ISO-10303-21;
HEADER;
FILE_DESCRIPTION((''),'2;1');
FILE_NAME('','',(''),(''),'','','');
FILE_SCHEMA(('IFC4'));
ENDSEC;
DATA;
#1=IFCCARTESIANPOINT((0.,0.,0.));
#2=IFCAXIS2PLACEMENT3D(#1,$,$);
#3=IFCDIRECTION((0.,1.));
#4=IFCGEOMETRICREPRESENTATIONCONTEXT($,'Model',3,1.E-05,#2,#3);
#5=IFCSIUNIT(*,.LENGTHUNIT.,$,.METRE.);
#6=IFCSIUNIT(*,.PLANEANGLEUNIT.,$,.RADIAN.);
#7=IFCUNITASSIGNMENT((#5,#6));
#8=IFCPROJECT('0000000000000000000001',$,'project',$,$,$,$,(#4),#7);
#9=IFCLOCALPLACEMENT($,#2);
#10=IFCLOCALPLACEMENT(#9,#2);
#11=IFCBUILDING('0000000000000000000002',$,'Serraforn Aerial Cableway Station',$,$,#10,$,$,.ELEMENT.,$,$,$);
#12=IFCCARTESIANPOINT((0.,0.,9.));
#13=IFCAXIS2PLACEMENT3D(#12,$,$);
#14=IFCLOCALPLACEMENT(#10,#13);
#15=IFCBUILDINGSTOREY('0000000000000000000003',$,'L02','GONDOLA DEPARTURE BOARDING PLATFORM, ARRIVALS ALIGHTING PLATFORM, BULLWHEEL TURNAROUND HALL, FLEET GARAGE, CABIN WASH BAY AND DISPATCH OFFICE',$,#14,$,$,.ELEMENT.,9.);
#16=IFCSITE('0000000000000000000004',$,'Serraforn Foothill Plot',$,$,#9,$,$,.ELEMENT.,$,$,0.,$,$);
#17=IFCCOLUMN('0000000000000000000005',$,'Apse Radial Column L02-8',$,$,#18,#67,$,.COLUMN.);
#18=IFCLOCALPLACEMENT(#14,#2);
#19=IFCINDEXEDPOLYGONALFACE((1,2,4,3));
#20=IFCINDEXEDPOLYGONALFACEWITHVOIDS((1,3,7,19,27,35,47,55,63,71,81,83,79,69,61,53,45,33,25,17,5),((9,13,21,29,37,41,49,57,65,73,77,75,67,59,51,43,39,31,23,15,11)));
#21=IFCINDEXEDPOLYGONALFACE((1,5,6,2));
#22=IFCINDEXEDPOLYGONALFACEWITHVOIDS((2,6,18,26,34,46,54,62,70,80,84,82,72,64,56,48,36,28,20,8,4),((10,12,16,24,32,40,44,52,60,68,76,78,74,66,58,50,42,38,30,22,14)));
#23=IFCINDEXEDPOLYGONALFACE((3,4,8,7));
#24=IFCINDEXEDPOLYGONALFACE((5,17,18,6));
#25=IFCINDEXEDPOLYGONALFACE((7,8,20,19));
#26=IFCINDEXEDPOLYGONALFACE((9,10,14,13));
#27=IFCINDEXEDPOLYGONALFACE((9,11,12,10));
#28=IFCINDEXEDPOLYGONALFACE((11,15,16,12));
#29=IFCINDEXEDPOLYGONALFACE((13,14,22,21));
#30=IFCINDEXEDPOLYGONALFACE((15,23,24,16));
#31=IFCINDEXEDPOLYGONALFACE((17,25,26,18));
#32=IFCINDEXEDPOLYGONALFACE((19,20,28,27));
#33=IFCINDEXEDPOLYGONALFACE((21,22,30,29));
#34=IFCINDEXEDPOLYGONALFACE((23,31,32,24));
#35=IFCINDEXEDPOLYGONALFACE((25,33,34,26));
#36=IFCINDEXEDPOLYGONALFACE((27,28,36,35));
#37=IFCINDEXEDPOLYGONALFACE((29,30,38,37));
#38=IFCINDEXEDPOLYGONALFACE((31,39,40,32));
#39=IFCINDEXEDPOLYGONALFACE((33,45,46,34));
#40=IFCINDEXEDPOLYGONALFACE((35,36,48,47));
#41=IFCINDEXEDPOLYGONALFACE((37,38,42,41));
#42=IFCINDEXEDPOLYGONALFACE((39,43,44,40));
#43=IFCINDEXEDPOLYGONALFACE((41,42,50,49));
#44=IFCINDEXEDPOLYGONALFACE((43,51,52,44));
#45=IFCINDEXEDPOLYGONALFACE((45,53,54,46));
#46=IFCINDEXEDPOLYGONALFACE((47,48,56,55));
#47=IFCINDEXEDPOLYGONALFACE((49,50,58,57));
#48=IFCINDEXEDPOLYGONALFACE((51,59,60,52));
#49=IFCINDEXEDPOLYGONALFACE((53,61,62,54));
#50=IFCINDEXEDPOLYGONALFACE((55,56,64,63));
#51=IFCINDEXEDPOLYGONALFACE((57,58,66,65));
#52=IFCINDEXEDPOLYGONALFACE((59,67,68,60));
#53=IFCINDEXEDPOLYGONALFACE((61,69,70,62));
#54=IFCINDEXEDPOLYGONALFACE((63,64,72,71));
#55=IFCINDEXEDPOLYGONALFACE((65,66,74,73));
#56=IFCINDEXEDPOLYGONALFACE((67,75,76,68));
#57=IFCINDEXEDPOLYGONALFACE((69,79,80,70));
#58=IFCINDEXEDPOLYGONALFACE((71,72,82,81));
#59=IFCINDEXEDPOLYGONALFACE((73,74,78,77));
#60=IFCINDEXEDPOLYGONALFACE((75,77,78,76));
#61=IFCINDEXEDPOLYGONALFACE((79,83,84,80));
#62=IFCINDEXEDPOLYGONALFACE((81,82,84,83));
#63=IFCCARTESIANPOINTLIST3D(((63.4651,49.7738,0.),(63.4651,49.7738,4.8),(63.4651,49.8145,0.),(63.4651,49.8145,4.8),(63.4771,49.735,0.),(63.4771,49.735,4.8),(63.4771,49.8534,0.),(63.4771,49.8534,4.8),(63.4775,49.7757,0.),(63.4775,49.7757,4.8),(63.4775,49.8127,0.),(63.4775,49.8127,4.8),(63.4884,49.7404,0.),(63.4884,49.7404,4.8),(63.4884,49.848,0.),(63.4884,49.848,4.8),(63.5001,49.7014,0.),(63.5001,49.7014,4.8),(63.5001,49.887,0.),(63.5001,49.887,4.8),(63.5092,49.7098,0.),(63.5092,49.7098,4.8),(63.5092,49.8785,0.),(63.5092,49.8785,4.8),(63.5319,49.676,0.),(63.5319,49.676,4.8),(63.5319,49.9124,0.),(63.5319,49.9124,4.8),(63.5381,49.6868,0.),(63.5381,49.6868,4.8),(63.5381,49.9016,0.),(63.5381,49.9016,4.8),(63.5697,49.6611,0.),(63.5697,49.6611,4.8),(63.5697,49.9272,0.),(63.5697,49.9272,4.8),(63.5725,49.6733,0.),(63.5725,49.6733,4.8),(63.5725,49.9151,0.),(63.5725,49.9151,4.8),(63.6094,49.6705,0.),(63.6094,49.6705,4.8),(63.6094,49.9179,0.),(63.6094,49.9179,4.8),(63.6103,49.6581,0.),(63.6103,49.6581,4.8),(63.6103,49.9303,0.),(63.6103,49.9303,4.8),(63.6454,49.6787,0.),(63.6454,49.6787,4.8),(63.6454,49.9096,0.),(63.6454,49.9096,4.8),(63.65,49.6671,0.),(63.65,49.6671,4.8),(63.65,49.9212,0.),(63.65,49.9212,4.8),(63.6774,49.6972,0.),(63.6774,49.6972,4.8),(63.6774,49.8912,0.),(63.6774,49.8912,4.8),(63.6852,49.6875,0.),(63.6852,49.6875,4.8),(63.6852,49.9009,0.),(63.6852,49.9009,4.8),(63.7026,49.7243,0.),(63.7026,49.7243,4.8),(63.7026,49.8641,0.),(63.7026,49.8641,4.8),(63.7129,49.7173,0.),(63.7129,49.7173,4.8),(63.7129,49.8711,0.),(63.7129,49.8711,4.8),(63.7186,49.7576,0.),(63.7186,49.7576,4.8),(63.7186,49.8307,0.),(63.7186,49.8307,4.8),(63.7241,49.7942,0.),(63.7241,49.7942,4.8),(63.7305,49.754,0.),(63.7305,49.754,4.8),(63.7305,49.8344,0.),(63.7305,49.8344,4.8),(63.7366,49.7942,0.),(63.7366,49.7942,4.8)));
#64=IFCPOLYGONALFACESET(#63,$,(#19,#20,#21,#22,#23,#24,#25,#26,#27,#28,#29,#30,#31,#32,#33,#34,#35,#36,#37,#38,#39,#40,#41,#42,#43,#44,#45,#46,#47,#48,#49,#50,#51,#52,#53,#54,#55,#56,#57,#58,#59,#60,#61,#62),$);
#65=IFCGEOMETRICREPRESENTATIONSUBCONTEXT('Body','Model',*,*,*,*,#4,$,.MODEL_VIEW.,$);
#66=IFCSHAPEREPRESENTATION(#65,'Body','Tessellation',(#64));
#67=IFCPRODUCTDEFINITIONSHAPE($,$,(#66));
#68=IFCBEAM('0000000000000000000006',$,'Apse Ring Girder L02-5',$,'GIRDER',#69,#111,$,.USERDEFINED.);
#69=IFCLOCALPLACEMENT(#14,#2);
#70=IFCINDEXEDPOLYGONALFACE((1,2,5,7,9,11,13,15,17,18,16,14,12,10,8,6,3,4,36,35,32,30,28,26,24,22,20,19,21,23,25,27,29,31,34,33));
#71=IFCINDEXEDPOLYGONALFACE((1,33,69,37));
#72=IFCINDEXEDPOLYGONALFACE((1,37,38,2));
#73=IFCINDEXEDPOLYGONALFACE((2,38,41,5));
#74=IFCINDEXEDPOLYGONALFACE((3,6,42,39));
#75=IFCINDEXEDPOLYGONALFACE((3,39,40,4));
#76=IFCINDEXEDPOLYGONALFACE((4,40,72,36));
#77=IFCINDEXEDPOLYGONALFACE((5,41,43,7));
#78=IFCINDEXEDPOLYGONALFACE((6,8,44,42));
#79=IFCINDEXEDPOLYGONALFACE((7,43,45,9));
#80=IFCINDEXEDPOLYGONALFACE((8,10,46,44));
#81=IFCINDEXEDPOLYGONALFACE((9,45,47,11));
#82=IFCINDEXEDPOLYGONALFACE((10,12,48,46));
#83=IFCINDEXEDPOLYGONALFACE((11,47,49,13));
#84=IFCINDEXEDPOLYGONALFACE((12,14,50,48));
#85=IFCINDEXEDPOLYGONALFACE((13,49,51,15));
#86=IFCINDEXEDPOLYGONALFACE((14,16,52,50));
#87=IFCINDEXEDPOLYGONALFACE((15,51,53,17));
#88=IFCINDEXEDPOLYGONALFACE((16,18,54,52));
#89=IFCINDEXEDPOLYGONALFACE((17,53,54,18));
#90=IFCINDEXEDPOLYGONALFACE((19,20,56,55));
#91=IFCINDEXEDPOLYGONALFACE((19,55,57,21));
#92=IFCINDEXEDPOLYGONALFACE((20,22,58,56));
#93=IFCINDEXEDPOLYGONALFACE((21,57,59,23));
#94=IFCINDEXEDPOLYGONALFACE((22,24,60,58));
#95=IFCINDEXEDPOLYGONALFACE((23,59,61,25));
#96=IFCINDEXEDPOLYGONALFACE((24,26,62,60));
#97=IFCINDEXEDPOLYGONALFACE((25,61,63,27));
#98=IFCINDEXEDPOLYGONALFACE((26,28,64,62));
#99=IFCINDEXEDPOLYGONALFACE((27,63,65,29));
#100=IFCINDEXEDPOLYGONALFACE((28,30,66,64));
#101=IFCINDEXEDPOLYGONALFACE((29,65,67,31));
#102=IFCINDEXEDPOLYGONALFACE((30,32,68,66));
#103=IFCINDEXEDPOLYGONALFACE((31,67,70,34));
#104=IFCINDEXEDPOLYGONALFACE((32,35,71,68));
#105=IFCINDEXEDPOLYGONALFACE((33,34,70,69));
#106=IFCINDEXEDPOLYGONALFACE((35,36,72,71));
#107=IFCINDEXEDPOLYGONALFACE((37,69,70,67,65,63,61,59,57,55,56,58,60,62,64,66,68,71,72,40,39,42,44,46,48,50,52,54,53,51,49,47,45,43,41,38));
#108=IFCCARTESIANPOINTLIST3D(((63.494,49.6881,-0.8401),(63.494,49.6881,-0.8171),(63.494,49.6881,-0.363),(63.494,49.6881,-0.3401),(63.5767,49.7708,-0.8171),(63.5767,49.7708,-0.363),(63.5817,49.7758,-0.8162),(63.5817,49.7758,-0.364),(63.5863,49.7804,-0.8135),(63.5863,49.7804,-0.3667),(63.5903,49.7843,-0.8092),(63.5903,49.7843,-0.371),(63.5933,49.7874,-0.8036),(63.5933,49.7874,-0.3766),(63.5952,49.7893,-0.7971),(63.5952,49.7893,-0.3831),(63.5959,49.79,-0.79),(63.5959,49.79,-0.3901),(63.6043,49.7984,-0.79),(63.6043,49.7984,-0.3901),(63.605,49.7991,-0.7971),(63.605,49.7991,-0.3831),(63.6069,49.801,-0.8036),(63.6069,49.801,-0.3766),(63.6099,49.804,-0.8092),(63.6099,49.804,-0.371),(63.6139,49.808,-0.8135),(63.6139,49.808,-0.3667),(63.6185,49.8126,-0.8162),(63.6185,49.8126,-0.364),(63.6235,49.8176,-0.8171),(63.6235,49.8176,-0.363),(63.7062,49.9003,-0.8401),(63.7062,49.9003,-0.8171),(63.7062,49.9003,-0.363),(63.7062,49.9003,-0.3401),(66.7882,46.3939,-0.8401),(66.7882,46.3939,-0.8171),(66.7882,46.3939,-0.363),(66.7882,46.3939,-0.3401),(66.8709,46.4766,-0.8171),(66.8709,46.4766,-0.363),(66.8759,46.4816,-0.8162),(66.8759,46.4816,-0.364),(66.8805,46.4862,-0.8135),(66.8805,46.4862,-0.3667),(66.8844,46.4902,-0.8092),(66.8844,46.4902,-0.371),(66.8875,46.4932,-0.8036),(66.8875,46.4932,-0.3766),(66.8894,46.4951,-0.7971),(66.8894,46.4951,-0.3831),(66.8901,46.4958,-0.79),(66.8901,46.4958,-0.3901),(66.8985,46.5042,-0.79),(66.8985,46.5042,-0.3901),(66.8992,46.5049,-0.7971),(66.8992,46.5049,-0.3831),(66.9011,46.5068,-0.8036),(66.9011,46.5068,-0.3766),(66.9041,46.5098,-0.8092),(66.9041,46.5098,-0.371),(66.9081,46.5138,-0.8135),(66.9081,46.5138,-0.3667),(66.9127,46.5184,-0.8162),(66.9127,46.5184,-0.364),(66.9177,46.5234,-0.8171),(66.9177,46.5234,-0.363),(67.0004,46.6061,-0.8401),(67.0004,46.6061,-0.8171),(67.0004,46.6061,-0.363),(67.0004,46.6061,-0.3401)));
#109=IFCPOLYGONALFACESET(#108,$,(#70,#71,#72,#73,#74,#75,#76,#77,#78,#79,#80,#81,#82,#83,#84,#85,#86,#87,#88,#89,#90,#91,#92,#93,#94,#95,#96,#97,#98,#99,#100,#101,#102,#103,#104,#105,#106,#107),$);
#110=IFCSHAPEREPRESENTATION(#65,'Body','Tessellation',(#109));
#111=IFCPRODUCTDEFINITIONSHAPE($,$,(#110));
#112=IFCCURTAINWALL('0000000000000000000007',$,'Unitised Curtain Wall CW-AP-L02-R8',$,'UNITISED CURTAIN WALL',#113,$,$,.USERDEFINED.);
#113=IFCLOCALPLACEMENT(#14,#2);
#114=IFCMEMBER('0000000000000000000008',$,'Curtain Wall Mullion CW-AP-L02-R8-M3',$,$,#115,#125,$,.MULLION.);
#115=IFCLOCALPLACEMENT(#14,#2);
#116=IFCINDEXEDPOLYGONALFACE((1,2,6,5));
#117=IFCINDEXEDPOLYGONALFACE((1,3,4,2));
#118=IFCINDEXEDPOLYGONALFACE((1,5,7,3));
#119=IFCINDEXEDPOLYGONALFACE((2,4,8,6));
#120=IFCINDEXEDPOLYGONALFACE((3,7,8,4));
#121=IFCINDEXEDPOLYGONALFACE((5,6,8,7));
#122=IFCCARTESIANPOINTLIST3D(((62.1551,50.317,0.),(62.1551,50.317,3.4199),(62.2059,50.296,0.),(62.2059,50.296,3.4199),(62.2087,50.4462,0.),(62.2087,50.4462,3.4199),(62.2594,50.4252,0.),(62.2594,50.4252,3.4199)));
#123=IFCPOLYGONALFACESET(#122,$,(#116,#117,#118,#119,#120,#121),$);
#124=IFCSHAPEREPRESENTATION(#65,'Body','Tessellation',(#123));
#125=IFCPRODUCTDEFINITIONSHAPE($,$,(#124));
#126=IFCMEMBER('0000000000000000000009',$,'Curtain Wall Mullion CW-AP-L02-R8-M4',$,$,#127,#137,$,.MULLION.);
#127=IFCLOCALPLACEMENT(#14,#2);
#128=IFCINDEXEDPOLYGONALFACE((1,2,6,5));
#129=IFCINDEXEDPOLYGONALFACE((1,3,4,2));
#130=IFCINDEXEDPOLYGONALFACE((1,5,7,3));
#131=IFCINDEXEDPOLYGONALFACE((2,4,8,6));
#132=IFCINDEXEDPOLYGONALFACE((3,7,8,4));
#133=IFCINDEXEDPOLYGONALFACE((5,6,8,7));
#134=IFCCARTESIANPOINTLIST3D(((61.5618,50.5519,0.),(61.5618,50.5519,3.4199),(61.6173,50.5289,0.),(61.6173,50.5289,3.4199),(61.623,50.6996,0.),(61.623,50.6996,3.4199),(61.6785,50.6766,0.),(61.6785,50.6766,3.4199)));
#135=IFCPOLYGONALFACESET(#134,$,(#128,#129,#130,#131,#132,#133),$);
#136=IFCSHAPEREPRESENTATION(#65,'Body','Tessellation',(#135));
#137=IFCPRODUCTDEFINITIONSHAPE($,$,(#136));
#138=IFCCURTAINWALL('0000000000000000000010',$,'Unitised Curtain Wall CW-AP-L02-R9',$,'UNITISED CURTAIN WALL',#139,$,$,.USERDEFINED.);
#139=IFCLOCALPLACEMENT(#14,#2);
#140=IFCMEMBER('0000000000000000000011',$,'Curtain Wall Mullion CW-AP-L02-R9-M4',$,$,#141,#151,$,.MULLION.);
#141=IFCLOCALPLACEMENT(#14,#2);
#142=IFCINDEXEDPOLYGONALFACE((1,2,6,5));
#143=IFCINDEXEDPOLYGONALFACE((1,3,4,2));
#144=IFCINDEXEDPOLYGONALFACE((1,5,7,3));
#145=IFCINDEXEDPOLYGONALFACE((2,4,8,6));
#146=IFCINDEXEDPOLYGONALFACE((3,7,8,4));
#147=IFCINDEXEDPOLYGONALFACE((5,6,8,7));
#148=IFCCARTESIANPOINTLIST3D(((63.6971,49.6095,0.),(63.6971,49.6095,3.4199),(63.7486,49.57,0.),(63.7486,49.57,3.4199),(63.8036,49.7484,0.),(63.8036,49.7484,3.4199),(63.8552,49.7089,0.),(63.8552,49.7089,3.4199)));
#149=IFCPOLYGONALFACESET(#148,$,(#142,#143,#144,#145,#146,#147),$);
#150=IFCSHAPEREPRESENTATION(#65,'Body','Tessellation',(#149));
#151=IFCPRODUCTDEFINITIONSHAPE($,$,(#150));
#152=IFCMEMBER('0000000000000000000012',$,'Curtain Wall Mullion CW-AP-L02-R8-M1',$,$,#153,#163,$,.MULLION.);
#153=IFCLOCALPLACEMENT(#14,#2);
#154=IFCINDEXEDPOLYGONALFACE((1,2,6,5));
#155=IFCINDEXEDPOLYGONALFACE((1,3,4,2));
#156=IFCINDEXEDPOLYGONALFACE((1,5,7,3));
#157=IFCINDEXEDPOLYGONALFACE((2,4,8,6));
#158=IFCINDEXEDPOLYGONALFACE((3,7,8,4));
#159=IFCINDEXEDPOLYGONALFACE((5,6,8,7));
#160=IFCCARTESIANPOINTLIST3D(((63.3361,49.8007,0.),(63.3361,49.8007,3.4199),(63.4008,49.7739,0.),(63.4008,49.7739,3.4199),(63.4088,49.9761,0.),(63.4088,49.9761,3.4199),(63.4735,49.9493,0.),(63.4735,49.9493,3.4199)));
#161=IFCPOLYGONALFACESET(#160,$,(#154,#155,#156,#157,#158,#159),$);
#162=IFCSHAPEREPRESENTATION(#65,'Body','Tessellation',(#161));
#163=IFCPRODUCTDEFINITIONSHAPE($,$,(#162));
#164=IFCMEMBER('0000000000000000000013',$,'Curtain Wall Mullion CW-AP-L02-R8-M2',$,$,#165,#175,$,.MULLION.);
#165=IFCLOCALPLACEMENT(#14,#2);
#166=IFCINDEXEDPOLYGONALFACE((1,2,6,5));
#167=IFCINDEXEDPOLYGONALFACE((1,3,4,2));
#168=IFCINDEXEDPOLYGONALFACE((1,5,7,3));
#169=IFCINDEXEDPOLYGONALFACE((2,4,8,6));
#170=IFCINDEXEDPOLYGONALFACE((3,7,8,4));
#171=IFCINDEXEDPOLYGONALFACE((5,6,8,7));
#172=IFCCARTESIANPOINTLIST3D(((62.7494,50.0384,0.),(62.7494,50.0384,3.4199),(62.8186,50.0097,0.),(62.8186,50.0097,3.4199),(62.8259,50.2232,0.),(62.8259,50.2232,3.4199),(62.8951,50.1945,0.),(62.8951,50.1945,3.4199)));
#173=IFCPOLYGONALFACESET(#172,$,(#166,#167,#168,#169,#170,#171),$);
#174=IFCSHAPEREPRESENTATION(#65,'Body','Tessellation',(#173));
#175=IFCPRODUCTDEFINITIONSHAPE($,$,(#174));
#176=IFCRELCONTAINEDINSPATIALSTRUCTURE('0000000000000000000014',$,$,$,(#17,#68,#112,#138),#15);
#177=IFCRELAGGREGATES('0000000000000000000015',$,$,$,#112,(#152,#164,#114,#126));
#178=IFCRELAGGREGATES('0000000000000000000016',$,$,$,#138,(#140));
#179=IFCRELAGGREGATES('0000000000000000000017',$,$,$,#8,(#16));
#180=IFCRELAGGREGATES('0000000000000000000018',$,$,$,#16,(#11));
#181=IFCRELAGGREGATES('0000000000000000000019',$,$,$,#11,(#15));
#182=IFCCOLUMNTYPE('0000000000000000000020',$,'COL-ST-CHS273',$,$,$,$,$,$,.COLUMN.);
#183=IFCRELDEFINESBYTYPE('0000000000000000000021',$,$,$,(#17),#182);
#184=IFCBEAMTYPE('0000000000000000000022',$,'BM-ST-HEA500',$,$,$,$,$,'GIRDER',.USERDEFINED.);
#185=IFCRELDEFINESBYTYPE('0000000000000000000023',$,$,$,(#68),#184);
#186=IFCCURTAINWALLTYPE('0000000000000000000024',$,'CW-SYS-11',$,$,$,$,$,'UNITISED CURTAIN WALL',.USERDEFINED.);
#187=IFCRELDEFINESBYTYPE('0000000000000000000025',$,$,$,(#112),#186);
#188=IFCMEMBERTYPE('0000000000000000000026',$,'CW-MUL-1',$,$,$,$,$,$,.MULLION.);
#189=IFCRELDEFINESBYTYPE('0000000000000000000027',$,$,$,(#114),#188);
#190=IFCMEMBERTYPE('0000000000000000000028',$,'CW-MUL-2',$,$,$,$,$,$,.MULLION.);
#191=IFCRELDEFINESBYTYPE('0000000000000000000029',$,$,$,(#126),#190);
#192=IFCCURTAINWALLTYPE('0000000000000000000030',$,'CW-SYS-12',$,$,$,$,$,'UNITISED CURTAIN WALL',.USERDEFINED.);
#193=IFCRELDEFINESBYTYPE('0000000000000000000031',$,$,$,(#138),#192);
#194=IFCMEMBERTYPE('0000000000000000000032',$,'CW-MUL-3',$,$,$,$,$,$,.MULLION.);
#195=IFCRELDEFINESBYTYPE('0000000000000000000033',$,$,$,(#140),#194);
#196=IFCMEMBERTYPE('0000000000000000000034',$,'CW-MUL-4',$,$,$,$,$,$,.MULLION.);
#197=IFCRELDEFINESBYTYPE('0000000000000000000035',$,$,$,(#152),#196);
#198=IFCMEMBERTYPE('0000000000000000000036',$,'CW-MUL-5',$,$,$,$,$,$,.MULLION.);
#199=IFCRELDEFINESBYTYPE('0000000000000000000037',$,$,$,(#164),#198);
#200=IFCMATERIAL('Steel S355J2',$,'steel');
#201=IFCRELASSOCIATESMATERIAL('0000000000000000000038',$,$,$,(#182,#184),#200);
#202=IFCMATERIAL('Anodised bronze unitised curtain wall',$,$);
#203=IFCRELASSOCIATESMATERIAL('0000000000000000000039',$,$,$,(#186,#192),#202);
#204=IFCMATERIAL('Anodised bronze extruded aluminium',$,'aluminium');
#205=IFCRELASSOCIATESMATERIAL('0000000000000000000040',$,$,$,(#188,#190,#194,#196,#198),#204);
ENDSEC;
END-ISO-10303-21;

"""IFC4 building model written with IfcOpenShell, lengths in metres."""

from ifc_helpers import new_model, si_unit, direction, frame, origin, origin_2d, place, context, subcontext, project, spatial, rectangle, hollow_circle, i_section, extrude, material, material_profile, profile_set, type_object, element, aggregate, save


model = new_model("IFC4")

# Units and contexts
model_context = context("Model", 3, precision=1e-05, world=origin(), true_north=direction((0.0, 1.0)))
body_context = subcontext(model_context, "Body", "Model", "MODEL_VIEW")
ifc_project = project(units=[si_unit("LENGTHUNIT", "METRE"), si_unit("PLANEANGLEUNIT", "RADIAN")], contexts=[model_context])

# Site, building, storey
site_placement = place(None, origin())
site = spatial("IfcSite", under=ifc_project, at=site_placement, Name="Serraforn Foothill Plot", CompositionType="ELEMENT", RefElevation=0.0)
building_placement = place(site_placement, origin())
building = spatial("IfcBuilding", under=site, at=building_placement, Name="Serraforn Aerial Cableway Station", CompositionType="ELEMENT")
storey_placement = place(building_placement, frame((0.0, 0.0, 9.0)))
storey = spatial("IfcBuildingStorey", under=building, at=storey_placement, Name="L02", Description="GONDOLA DEPARTURE BOARDING PLATFORM, ARRIVALS ALIGHTING PLATFORM, BULLWHEEL TURNAROUND HALL, FLEET GARAGE, CABIN WASH BAY AND DISPATCH OFFICE", CompositionType="ELEMENT", Elevation=9.0)

# Column
ifc_material_1 = material(Name="Steel S355J2", Category="steel")
ifc_material_profile_1 = material_profile(ifc_material_1, hollow_circle(Radius=0.1365, WallThickness=0.0125, at=origin_2d()), Name="CHS 273.0x12.5")
ifc_profile_set_1 = profile_set([ifc_material_profile_1], Name="Steel S355J2")
column_type = type_object("IfcColumnType", Name="COL-ST-CHS273", PredefinedType="COLUMN", material=ifc_profile_set_1)
column_placement = place(storey_placement, frame((63.6001, 49.7942, 0.0), z_axis=(0.0, 0.0, 1.0), x_axis=(1.0, 0.0, 0.0)))
element("IfcColumn", 1, at=column_placement, inside=storey, type_object=column_type, Name="Apse Radial Column L02-8", PredefinedType="COLUMN", context=body_context, shape_type="SweptSolid", body=[
    extrude(hollow_circle(Radius=0.1365, WallThickness=0.0125, at=origin_2d()), origin(), (0.0, 0.0, 1.0), 4.8),
])

# Beam
ifc_material_profile_2 = material_profile(ifc_material_1, i_section(OverallWidth=0.3, OverallDepth=0.5, WebThickness=0.012, FlangeThickness=0.0229, FilletRadius=0.0271, at=origin_2d()), Name="HEA 500")
ifc_profile_set_2 = profile_set([ifc_material_profile_2], Name="Steel S355J2")
beam_type = type_object("IfcBeamType", Name="BM-ST-HEA500", ElementType="GIRDER", PredefinedType="USERDEFINED", material=ifc_profile_set_2)
beam_placement = place(storey_placement, frame((63.6001, 49.7942, -0.5901), z_axis=(0.707107, -0.707107, 0.0), x_axis=(0.707107, 0.707107, 0.0)))
element("IfcBeam", 2, at=beam_placement, inside=storey, type_object=beam_type, Name="Apse Ring Girder L02-5", ObjectType="GIRDER", PredefinedType="USERDEFINED", context=body_context, shape_type="SweptSolid", body=[
    extrude(i_section(OverallWidth=0.3, OverallDepth=0.5, WebThickness=0.012, FlangeThickness=0.0229, FilletRadius=0.0271, at=origin_2d()), origin(), (0.0, 0.0, 1.0), 4.6587),
])

# Curtain wall, members
ifc_material_2 = material(Name="Anodised bronze unitised curtain wall")
curtain_wall_type_1 = type_object("IfcCurtainWallType", Name="CW-SYS-11", ElementType="UNITISED CURTAIN WALL", PredefinedType="USERDEFINED", material=ifc_material_2)
curtain_wall_1_placement = place(storey_placement, origin())
curtain_wall_1 = element("IfcCurtainWall", 3, at=curtain_wall_1_placement, inside=storey, type_object=curtain_wall_type_1, Name="Unitised Curtain Wall CW-AP-L02-R8", ObjectType="UNITISED CURTAIN WALL", PredefinedType="USERDEFINED")
ifc_material_3 = material(Name="Anodised bronze extruded aluminium", Category="aluminium")
ifc_material_profile_3 = material_profile(ifc_material_3, rectangle(XDim=0.0549, YDim=0.1399, at=origin_2d()), Name="CW MULLION 55x140")
ifc_profile_set_3 = profile_set([ifc_material_profile_3], Name="Anodised bronze extruded aluminium")
member_type_1 = type_object("IfcMemberType", Name="CW-MUL-1", PredefinedType="MULLION", material=ifc_profile_set_3)
member_1_placement = place(storey_placement, frame((62.2073, 50.3711, 0.0), z_axis=(0.0, 0.0, 1.0), x_axis=(-0.923887, 0.382666, 0.0)))
member_1 = element("IfcMember", 4, at=member_1_placement, type_object=member_type_1, Name="Curtain Wall Mullion CW-AP-L02-R8-M3", PredefinedType="MULLION", context=body_context, shape_type="SweptSolid", body=[
    extrude(rectangle(XDim=0.0549, YDim=0.1399, at=origin_2d()), origin(), (0.0, 0.0, 1.0), 3.4199),
])
ifc_material_profile_4 = material_profile(ifc_material_3, rectangle(XDim=0.0601, YDim=0.1599, at=origin_2d()), Name="CW MULLION 60x160")
ifc_profile_set_4 = profile_set([ifc_material_profile_4], Name="Anodised bronze extruded aluminium")
member_type_2 = type_object("IfcMemberType", Name="CW-MUL-2", PredefinedType="MULLION", material=ifc_profile_set_4)
member_2_placement = place(storey_placement, frame((61.6201, 50.6143, 0.0), z_axis=(0.0, 0.0, 1.0), x_axis=(-0.923887, 0.382666, 0.0)))
member_2 = element("IfcMember", 5, at=member_2_placement, type_object=member_type_2, Name="Curtain Wall Mullion CW-AP-L02-R8-M4", PredefinedType="MULLION", context=body_context, shape_type="SweptSolid", body=[
    extrude(rectangle(XDim=0.0601, YDim=0.1599, at=origin_2d()), origin(), (0.0, 0.0, 1.0), 3.4199),
])

# Curtain wall, member
curtain_wall_type_2 = type_object("IfcCurtainWallType", Name="CW-SYS-12", ElementType="UNITISED CURTAIN WALL", PredefinedType="USERDEFINED", material=ifc_material_2)
curtain_wall_2_placement = place(storey_placement, origin())
curtain_wall_2 = element("IfcCurtainWall", 6, at=curtain_wall_2_placement, inside=storey, type_object=curtain_wall_type_2, Name="Unitised Curtain Wall CW-AP-L02-R9", ObjectType="UNITISED CURTAIN WALL", PredefinedType="USERDEFINED")
ifc_material_profile_5 = material_profile(ifc_material_3, rectangle(XDim=0.0649, YDim=0.175, at=origin_2d()), Name="CW MULLION 65x175")
ifc_profile_set_5 = profile_set([ifc_material_profile_5], Name="Anodised bronze extruded aluminium")
member_type_3 = type_object("IfcMemberType", Name="CW-MUL-3", PredefinedType="MULLION", material=ifc_profile_set_5)
member_3_placement = place(storey_placement, frame((63.7761, 49.6592, 0.0), z_axis=(0.0, 0.0, 1.0), x_axis=(-0.793363, 0.608749, 0.0)))
member_3 = element("IfcMember", 7, at=member_3_placement, type_object=member_type_3, Name="Curtain Wall Mullion CW-AP-L02-R9-M4", PredefinedType="MULLION", context=body_context, shape_type="SweptSolid", body=[
    extrude(rectangle(XDim=0.0649, YDim=0.175, at=origin_2d()), origin(), (0.0, 0.0, 1.0), 3.4199),
])

# Members
ifc_material_profile_6 = material_profile(ifc_material_3, rectangle(XDim=0.0701, YDim=0.1899, at=origin_2d()), Name="CW MULLION 70x190")
ifc_profile_set_6 = profile_set([ifc_material_profile_6], Name="Anodised bronze extruded aluminium")
member_type_4 = type_object("IfcMemberType", Name="CW-MUL-4", PredefinedType="MULLION", material=ifc_profile_set_6)
member_4_placement = place(storey_placement, frame((63.4048, 49.875, 0.0), z_axis=(0.0, 0.0, 1.0), x_axis=(-0.923887, 0.382666, 0.0)))
member_4 = element("IfcMember", 8, at=member_4_placement, type_object=member_type_4, Name="Curtain Wall Mullion CW-AP-L02-R8-M1", PredefinedType="MULLION", context=body_context, shape_type="SweptSolid", body=[
    extrude(rectangle(XDim=0.0701, YDim=0.1899, at=origin_2d()), origin(), (0.0, 0.0, 1.0), 3.4199),
])
ifc_material_profile_7 = material_profile(ifc_material_3, rectangle(XDim=0.075, YDim=0.2, at=origin_2d()), Name="CW MULLION 75x200")
ifc_profile_set_7 = profile_set([ifc_material_profile_7], Name="Anodised bronze extruded aluminium")
member_type_5 = type_object("IfcMemberType", Name="CW-MUL-5", PredefinedType="MULLION", material=ifc_profile_set_7)
member_5_placement = place(storey_placement, frame((62.8223, 50.1165, 0.0), z_axis=(0.0, 0.0, 1.0), x_axis=(-0.923887, 0.382666, 0.0)))
member_5 = element("IfcMember", 9, at=member_5_placement, type_object=member_type_5, Name="Curtain Wall Mullion CW-AP-L02-R8-M2", PredefinedType="MULLION", context=body_context, shape_type="SweptSolid", body=[
    extrude(rectangle(XDim=0.075, YDim=0.2, at=origin_2d()), origin(), (0.0, 0.0, 1.0), 3.4199),
])

aggregate(curtain_wall_1, [member_4, member_5, member_1, member_2])
aggregate(curtain_wall_2, [member_3])

save(model, "model.ifc")
